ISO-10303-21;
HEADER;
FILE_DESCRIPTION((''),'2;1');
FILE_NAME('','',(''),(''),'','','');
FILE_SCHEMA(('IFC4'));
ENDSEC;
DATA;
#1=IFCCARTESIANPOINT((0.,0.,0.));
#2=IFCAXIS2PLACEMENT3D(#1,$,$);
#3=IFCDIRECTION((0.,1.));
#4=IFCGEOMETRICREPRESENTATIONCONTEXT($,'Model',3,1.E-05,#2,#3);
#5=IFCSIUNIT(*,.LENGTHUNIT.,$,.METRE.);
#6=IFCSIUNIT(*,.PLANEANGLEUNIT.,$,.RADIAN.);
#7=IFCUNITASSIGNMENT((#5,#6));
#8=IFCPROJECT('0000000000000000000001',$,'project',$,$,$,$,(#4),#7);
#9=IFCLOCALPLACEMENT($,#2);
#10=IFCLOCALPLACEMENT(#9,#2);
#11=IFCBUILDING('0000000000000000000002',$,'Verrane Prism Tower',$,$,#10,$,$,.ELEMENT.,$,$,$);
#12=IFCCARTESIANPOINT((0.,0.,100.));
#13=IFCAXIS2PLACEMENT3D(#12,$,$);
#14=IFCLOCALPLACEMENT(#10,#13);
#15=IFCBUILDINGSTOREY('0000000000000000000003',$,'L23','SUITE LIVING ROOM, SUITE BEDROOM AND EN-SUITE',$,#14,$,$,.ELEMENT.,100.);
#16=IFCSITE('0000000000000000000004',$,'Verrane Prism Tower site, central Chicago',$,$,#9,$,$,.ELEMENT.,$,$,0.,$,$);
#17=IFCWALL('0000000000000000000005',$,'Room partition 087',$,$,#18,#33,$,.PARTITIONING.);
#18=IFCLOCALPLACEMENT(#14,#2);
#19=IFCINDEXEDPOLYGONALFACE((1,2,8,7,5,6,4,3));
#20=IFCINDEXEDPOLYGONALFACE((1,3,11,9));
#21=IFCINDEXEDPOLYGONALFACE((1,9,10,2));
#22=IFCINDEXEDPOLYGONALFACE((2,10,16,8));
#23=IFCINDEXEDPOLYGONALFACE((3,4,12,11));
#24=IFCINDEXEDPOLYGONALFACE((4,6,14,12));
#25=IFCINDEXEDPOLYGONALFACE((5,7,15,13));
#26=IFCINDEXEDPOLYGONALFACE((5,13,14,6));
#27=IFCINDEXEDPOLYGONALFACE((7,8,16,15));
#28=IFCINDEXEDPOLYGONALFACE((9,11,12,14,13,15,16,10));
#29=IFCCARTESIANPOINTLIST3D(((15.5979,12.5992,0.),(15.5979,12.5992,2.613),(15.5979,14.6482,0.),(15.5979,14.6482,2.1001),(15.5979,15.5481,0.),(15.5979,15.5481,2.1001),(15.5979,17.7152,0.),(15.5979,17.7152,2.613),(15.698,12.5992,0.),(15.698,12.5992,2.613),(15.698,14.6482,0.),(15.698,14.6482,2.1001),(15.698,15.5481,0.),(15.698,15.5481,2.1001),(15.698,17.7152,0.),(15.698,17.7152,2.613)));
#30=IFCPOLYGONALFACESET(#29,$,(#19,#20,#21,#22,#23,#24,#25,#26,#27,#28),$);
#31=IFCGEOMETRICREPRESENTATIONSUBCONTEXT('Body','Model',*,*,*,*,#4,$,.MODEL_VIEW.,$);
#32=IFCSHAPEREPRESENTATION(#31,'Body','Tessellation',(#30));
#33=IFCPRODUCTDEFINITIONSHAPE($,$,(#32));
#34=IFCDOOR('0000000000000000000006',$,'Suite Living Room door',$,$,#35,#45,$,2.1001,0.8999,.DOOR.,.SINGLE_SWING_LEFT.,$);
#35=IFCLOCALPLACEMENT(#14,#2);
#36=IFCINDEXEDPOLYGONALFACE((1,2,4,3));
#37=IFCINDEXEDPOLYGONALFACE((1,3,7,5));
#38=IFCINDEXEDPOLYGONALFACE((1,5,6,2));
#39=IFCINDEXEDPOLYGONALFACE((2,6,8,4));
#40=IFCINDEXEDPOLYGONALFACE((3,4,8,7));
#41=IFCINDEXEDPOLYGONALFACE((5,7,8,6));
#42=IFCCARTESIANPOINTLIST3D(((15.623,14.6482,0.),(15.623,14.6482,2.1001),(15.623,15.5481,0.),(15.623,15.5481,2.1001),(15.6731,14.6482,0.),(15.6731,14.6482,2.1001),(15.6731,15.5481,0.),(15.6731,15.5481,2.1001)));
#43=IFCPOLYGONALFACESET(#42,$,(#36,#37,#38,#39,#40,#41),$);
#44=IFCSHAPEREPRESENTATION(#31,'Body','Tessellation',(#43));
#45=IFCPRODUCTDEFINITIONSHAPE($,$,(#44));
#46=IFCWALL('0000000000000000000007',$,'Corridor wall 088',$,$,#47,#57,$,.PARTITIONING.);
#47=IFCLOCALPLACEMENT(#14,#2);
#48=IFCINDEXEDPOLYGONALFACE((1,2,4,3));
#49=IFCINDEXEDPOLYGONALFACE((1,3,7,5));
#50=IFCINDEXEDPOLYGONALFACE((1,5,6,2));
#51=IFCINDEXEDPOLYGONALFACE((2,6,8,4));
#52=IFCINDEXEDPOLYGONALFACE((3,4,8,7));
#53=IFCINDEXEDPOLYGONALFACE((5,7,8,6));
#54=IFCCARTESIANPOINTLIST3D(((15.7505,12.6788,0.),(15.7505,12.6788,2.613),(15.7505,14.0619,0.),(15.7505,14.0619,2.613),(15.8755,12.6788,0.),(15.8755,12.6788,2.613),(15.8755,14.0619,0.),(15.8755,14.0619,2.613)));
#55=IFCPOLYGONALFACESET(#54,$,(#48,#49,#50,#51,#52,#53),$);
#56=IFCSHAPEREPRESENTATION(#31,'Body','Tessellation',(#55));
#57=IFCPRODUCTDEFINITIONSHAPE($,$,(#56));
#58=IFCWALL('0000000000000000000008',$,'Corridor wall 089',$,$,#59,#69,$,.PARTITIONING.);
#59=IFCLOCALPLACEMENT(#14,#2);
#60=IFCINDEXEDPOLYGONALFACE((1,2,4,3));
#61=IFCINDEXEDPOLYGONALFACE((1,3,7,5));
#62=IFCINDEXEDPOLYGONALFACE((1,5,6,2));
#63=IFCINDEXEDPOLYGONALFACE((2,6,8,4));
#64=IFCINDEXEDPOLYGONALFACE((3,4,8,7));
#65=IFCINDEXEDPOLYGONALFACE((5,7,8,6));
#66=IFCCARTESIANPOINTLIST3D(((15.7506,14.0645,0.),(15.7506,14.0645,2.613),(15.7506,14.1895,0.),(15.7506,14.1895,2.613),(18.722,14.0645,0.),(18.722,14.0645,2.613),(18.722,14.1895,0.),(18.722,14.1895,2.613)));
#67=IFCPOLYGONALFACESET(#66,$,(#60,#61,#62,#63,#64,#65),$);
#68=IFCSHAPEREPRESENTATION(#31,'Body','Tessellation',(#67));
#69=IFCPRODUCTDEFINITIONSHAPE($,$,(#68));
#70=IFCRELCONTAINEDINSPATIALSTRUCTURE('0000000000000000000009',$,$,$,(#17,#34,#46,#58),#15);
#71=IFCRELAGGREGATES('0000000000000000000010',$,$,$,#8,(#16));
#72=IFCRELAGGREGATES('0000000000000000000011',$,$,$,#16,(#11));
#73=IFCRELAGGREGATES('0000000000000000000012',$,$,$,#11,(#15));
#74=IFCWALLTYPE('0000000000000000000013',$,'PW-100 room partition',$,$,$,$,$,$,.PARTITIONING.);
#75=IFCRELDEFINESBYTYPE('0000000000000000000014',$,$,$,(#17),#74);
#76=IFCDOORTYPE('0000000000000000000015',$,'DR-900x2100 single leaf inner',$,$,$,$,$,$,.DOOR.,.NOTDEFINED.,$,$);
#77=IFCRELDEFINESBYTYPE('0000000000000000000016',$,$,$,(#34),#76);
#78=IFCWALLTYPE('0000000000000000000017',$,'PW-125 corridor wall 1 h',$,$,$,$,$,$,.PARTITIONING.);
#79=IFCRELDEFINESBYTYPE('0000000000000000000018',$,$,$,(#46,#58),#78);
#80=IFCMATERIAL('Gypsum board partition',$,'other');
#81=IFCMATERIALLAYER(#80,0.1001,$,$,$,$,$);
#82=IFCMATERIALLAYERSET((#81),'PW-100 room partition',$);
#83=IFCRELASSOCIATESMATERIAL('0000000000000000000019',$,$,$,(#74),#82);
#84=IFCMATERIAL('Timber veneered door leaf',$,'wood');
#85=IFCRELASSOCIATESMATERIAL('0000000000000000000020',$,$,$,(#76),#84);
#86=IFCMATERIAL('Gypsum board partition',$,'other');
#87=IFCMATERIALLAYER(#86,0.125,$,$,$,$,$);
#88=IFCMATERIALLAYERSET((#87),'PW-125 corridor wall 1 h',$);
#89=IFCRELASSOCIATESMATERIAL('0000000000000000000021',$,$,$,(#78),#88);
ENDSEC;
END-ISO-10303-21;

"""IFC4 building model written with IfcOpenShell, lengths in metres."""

from ifc_helpers import new_model, si_unit, direction, frame, frame_2d, origin, place, context, subcontext, project, spatial, rectangle, extrude, material, layer, layer_set, type_object, element, fill, save


model = new_model("IFC4")

# Units and contexts
model_context = context("Model", 3, precision=1e-05, world=origin(), true_north=direction((0.0, 1.0)))
body_context = subcontext(model_context, "Body", "Model", "MODEL_VIEW")
ifc_project = project(units=[si_unit("LENGTHUNIT", "METRE"), si_unit("PLANEANGLEUNIT", "RADIAN")], contexts=[model_context])

# Site, building, storey
site_placement = place(None, origin())
site = spatial("IfcSite", under=ifc_project, at=site_placement, Name="Verrane Prism Tower site, central Chicago", CompositionType="ELEMENT", RefElevation=0.0)
building_placement = place(site_placement, origin())
building = spatial("IfcBuilding", under=site, at=building_placement, Name="Verrane Prism Tower", CompositionType="ELEMENT")
storey_placement = place(building_placement, frame((0.0, 0.0, 100.0)))
storey = spatial("IfcBuildingStorey", under=building, at=storey_placement, Name="L23", Description="SUITE LIVING ROOM, SUITE BEDROOM AND EN-SUITE", CompositionType="ELEMENT", Elevation=100.0)

# Wall, opening, door
ifc_material_1 = material(Name="Gypsum board partition", Category="other")
ifc_layer_1 = layer(ifc_material_1, 0.1001)
ifc_layer_set_1 = layer_set([ifc_layer_1], Name="PW-100 room partition")
wall_type_1 = type_object("IfcWallType", Name="PW-100 room partition", PredefinedType="PARTITIONING", material=ifc_layer_set_1)
wall_1_placement = place(storey_placement, frame((15.6479, 12.5991, 0.0), z_axis=(0.0, 0.0, 1.0), x_axis=(0.0, 1.0, 0.0)))
wall_1 = element("IfcWall", 1, at=wall_1_placement, inside=storey, type_object=wall_type_1, Name="Room partition 087", PredefinedType="PARTITIONING", context=body_context, shape_type="SweptSolid", body=[
    extrude(rectangle(XDim=5.116, YDim=0.1001, at=frame_2d((2.5581, 0.0))), origin(), (0.0, 0.0, 1.0), 2.613),
])
opening_placement = place(wall_1_placement, frame((2.0491, 0.0, 0.0)))
opening = element("IfcOpeningElement", 2, at=opening_placement, cuts=wall_1, PredefinedType="OPENING", context=body_context, shape_type="SweptSolid", body=[
    extrude(rectangle(XDim=0.8999, YDim=2.1001, at=frame_2d((0.45, 1.05))), frame((0.0, 0.0601, 0.0), z_axis=(0.0, -1.0, 0.0), x_axis=(1.0, 0.0, 0.0)), (0.0, 0.0, 1.0), 0.1201),
])
ifc_material_2 = material(Name="Timber veneered door leaf", Category="wood")
door_type = type_object("IfcDoorType", Name="DR-900x2100 single leaf inner", OperationType="NOTDEFINED", PredefinedType="DOOR", material=ifc_material_2)
door_placement = place(opening_placement, origin())
door = element("IfcDoor", 3, at=door_placement, inside=storey, type_object=door_type, Name="Suite Living Room door", OperationType="SINGLE_SWING_LEFT", OverallHeight=2.1001, OverallWidth=0.8999, PredefinedType="DOOR", context=body_context, shape_type="SweptSolid", body=[
    extrude(rectangle(XDim=0.8999, YDim=2.1001, at=frame_2d((0.45, 1.05))), frame((0.0, 0.0249, 0.0), z_axis=(0.0, -1.0, 0.0), x_axis=(1.0, 0.0, 0.0)), (0.0, 0.0, 1.0), 0.05),
])
fill(opening, door)

# Walls
ifc_material_3 = material(Name="Gypsum board partition", Category="other")
ifc_layer_2 = layer(ifc_material_3, 0.125)
ifc_layer_set_2 = layer_set([ifc_layer_2], Name="PW-125 corridor wall 1 h")
wall_type_2 = type_object("IfcWallType", Name="PW-125 corridor wall 1 h", PredefinedType="PARTITIONING", material=ifc_layer_set_2)
wall_2_placement = place(storey_placement, frame((15.813, 12.679, 0.0), z_axis=(0.0, 0.0, 1.0), x_axis=(0.0, 1.0, 0.0)))
element("IfcWall", 4, at=wall_2_placement, inside=storey, type_object=wall_type_2, Name="Corridor wall 088", PredefinedType="PARTITIONING", context=body_context, shape_type="SweptSolid", body=[
    extrude(rectangle(XDim=1.3831, YDim=0.125, at=frame_2d((0.6914, 0.0))), origin(), (0.0, 0.0, 1.0), 2.613),
])
wall_3_placement = place(storey_placement, frame((15.7505, 14.127, 0.0), z_axis=(0.0, 0.0, 1.0), x_axis=(1.0, 0.0, 0.0)))
element("IfcWall", 5, at=wall_3_placement, inside=storey, type_object=wall_type_2, Name="Corridor wall 089", PredefinedType="PARTITIONING", context=body_context, shape_type="SweptSolid", body=[
    extrude(rectangle(XDim=2.9714, YDim=0.125, at=frame_2d((1.4858, 0.0))), origin(), (0.0, 0.0, 1.0), 2.613),
])

save(model, "model.ifc")
